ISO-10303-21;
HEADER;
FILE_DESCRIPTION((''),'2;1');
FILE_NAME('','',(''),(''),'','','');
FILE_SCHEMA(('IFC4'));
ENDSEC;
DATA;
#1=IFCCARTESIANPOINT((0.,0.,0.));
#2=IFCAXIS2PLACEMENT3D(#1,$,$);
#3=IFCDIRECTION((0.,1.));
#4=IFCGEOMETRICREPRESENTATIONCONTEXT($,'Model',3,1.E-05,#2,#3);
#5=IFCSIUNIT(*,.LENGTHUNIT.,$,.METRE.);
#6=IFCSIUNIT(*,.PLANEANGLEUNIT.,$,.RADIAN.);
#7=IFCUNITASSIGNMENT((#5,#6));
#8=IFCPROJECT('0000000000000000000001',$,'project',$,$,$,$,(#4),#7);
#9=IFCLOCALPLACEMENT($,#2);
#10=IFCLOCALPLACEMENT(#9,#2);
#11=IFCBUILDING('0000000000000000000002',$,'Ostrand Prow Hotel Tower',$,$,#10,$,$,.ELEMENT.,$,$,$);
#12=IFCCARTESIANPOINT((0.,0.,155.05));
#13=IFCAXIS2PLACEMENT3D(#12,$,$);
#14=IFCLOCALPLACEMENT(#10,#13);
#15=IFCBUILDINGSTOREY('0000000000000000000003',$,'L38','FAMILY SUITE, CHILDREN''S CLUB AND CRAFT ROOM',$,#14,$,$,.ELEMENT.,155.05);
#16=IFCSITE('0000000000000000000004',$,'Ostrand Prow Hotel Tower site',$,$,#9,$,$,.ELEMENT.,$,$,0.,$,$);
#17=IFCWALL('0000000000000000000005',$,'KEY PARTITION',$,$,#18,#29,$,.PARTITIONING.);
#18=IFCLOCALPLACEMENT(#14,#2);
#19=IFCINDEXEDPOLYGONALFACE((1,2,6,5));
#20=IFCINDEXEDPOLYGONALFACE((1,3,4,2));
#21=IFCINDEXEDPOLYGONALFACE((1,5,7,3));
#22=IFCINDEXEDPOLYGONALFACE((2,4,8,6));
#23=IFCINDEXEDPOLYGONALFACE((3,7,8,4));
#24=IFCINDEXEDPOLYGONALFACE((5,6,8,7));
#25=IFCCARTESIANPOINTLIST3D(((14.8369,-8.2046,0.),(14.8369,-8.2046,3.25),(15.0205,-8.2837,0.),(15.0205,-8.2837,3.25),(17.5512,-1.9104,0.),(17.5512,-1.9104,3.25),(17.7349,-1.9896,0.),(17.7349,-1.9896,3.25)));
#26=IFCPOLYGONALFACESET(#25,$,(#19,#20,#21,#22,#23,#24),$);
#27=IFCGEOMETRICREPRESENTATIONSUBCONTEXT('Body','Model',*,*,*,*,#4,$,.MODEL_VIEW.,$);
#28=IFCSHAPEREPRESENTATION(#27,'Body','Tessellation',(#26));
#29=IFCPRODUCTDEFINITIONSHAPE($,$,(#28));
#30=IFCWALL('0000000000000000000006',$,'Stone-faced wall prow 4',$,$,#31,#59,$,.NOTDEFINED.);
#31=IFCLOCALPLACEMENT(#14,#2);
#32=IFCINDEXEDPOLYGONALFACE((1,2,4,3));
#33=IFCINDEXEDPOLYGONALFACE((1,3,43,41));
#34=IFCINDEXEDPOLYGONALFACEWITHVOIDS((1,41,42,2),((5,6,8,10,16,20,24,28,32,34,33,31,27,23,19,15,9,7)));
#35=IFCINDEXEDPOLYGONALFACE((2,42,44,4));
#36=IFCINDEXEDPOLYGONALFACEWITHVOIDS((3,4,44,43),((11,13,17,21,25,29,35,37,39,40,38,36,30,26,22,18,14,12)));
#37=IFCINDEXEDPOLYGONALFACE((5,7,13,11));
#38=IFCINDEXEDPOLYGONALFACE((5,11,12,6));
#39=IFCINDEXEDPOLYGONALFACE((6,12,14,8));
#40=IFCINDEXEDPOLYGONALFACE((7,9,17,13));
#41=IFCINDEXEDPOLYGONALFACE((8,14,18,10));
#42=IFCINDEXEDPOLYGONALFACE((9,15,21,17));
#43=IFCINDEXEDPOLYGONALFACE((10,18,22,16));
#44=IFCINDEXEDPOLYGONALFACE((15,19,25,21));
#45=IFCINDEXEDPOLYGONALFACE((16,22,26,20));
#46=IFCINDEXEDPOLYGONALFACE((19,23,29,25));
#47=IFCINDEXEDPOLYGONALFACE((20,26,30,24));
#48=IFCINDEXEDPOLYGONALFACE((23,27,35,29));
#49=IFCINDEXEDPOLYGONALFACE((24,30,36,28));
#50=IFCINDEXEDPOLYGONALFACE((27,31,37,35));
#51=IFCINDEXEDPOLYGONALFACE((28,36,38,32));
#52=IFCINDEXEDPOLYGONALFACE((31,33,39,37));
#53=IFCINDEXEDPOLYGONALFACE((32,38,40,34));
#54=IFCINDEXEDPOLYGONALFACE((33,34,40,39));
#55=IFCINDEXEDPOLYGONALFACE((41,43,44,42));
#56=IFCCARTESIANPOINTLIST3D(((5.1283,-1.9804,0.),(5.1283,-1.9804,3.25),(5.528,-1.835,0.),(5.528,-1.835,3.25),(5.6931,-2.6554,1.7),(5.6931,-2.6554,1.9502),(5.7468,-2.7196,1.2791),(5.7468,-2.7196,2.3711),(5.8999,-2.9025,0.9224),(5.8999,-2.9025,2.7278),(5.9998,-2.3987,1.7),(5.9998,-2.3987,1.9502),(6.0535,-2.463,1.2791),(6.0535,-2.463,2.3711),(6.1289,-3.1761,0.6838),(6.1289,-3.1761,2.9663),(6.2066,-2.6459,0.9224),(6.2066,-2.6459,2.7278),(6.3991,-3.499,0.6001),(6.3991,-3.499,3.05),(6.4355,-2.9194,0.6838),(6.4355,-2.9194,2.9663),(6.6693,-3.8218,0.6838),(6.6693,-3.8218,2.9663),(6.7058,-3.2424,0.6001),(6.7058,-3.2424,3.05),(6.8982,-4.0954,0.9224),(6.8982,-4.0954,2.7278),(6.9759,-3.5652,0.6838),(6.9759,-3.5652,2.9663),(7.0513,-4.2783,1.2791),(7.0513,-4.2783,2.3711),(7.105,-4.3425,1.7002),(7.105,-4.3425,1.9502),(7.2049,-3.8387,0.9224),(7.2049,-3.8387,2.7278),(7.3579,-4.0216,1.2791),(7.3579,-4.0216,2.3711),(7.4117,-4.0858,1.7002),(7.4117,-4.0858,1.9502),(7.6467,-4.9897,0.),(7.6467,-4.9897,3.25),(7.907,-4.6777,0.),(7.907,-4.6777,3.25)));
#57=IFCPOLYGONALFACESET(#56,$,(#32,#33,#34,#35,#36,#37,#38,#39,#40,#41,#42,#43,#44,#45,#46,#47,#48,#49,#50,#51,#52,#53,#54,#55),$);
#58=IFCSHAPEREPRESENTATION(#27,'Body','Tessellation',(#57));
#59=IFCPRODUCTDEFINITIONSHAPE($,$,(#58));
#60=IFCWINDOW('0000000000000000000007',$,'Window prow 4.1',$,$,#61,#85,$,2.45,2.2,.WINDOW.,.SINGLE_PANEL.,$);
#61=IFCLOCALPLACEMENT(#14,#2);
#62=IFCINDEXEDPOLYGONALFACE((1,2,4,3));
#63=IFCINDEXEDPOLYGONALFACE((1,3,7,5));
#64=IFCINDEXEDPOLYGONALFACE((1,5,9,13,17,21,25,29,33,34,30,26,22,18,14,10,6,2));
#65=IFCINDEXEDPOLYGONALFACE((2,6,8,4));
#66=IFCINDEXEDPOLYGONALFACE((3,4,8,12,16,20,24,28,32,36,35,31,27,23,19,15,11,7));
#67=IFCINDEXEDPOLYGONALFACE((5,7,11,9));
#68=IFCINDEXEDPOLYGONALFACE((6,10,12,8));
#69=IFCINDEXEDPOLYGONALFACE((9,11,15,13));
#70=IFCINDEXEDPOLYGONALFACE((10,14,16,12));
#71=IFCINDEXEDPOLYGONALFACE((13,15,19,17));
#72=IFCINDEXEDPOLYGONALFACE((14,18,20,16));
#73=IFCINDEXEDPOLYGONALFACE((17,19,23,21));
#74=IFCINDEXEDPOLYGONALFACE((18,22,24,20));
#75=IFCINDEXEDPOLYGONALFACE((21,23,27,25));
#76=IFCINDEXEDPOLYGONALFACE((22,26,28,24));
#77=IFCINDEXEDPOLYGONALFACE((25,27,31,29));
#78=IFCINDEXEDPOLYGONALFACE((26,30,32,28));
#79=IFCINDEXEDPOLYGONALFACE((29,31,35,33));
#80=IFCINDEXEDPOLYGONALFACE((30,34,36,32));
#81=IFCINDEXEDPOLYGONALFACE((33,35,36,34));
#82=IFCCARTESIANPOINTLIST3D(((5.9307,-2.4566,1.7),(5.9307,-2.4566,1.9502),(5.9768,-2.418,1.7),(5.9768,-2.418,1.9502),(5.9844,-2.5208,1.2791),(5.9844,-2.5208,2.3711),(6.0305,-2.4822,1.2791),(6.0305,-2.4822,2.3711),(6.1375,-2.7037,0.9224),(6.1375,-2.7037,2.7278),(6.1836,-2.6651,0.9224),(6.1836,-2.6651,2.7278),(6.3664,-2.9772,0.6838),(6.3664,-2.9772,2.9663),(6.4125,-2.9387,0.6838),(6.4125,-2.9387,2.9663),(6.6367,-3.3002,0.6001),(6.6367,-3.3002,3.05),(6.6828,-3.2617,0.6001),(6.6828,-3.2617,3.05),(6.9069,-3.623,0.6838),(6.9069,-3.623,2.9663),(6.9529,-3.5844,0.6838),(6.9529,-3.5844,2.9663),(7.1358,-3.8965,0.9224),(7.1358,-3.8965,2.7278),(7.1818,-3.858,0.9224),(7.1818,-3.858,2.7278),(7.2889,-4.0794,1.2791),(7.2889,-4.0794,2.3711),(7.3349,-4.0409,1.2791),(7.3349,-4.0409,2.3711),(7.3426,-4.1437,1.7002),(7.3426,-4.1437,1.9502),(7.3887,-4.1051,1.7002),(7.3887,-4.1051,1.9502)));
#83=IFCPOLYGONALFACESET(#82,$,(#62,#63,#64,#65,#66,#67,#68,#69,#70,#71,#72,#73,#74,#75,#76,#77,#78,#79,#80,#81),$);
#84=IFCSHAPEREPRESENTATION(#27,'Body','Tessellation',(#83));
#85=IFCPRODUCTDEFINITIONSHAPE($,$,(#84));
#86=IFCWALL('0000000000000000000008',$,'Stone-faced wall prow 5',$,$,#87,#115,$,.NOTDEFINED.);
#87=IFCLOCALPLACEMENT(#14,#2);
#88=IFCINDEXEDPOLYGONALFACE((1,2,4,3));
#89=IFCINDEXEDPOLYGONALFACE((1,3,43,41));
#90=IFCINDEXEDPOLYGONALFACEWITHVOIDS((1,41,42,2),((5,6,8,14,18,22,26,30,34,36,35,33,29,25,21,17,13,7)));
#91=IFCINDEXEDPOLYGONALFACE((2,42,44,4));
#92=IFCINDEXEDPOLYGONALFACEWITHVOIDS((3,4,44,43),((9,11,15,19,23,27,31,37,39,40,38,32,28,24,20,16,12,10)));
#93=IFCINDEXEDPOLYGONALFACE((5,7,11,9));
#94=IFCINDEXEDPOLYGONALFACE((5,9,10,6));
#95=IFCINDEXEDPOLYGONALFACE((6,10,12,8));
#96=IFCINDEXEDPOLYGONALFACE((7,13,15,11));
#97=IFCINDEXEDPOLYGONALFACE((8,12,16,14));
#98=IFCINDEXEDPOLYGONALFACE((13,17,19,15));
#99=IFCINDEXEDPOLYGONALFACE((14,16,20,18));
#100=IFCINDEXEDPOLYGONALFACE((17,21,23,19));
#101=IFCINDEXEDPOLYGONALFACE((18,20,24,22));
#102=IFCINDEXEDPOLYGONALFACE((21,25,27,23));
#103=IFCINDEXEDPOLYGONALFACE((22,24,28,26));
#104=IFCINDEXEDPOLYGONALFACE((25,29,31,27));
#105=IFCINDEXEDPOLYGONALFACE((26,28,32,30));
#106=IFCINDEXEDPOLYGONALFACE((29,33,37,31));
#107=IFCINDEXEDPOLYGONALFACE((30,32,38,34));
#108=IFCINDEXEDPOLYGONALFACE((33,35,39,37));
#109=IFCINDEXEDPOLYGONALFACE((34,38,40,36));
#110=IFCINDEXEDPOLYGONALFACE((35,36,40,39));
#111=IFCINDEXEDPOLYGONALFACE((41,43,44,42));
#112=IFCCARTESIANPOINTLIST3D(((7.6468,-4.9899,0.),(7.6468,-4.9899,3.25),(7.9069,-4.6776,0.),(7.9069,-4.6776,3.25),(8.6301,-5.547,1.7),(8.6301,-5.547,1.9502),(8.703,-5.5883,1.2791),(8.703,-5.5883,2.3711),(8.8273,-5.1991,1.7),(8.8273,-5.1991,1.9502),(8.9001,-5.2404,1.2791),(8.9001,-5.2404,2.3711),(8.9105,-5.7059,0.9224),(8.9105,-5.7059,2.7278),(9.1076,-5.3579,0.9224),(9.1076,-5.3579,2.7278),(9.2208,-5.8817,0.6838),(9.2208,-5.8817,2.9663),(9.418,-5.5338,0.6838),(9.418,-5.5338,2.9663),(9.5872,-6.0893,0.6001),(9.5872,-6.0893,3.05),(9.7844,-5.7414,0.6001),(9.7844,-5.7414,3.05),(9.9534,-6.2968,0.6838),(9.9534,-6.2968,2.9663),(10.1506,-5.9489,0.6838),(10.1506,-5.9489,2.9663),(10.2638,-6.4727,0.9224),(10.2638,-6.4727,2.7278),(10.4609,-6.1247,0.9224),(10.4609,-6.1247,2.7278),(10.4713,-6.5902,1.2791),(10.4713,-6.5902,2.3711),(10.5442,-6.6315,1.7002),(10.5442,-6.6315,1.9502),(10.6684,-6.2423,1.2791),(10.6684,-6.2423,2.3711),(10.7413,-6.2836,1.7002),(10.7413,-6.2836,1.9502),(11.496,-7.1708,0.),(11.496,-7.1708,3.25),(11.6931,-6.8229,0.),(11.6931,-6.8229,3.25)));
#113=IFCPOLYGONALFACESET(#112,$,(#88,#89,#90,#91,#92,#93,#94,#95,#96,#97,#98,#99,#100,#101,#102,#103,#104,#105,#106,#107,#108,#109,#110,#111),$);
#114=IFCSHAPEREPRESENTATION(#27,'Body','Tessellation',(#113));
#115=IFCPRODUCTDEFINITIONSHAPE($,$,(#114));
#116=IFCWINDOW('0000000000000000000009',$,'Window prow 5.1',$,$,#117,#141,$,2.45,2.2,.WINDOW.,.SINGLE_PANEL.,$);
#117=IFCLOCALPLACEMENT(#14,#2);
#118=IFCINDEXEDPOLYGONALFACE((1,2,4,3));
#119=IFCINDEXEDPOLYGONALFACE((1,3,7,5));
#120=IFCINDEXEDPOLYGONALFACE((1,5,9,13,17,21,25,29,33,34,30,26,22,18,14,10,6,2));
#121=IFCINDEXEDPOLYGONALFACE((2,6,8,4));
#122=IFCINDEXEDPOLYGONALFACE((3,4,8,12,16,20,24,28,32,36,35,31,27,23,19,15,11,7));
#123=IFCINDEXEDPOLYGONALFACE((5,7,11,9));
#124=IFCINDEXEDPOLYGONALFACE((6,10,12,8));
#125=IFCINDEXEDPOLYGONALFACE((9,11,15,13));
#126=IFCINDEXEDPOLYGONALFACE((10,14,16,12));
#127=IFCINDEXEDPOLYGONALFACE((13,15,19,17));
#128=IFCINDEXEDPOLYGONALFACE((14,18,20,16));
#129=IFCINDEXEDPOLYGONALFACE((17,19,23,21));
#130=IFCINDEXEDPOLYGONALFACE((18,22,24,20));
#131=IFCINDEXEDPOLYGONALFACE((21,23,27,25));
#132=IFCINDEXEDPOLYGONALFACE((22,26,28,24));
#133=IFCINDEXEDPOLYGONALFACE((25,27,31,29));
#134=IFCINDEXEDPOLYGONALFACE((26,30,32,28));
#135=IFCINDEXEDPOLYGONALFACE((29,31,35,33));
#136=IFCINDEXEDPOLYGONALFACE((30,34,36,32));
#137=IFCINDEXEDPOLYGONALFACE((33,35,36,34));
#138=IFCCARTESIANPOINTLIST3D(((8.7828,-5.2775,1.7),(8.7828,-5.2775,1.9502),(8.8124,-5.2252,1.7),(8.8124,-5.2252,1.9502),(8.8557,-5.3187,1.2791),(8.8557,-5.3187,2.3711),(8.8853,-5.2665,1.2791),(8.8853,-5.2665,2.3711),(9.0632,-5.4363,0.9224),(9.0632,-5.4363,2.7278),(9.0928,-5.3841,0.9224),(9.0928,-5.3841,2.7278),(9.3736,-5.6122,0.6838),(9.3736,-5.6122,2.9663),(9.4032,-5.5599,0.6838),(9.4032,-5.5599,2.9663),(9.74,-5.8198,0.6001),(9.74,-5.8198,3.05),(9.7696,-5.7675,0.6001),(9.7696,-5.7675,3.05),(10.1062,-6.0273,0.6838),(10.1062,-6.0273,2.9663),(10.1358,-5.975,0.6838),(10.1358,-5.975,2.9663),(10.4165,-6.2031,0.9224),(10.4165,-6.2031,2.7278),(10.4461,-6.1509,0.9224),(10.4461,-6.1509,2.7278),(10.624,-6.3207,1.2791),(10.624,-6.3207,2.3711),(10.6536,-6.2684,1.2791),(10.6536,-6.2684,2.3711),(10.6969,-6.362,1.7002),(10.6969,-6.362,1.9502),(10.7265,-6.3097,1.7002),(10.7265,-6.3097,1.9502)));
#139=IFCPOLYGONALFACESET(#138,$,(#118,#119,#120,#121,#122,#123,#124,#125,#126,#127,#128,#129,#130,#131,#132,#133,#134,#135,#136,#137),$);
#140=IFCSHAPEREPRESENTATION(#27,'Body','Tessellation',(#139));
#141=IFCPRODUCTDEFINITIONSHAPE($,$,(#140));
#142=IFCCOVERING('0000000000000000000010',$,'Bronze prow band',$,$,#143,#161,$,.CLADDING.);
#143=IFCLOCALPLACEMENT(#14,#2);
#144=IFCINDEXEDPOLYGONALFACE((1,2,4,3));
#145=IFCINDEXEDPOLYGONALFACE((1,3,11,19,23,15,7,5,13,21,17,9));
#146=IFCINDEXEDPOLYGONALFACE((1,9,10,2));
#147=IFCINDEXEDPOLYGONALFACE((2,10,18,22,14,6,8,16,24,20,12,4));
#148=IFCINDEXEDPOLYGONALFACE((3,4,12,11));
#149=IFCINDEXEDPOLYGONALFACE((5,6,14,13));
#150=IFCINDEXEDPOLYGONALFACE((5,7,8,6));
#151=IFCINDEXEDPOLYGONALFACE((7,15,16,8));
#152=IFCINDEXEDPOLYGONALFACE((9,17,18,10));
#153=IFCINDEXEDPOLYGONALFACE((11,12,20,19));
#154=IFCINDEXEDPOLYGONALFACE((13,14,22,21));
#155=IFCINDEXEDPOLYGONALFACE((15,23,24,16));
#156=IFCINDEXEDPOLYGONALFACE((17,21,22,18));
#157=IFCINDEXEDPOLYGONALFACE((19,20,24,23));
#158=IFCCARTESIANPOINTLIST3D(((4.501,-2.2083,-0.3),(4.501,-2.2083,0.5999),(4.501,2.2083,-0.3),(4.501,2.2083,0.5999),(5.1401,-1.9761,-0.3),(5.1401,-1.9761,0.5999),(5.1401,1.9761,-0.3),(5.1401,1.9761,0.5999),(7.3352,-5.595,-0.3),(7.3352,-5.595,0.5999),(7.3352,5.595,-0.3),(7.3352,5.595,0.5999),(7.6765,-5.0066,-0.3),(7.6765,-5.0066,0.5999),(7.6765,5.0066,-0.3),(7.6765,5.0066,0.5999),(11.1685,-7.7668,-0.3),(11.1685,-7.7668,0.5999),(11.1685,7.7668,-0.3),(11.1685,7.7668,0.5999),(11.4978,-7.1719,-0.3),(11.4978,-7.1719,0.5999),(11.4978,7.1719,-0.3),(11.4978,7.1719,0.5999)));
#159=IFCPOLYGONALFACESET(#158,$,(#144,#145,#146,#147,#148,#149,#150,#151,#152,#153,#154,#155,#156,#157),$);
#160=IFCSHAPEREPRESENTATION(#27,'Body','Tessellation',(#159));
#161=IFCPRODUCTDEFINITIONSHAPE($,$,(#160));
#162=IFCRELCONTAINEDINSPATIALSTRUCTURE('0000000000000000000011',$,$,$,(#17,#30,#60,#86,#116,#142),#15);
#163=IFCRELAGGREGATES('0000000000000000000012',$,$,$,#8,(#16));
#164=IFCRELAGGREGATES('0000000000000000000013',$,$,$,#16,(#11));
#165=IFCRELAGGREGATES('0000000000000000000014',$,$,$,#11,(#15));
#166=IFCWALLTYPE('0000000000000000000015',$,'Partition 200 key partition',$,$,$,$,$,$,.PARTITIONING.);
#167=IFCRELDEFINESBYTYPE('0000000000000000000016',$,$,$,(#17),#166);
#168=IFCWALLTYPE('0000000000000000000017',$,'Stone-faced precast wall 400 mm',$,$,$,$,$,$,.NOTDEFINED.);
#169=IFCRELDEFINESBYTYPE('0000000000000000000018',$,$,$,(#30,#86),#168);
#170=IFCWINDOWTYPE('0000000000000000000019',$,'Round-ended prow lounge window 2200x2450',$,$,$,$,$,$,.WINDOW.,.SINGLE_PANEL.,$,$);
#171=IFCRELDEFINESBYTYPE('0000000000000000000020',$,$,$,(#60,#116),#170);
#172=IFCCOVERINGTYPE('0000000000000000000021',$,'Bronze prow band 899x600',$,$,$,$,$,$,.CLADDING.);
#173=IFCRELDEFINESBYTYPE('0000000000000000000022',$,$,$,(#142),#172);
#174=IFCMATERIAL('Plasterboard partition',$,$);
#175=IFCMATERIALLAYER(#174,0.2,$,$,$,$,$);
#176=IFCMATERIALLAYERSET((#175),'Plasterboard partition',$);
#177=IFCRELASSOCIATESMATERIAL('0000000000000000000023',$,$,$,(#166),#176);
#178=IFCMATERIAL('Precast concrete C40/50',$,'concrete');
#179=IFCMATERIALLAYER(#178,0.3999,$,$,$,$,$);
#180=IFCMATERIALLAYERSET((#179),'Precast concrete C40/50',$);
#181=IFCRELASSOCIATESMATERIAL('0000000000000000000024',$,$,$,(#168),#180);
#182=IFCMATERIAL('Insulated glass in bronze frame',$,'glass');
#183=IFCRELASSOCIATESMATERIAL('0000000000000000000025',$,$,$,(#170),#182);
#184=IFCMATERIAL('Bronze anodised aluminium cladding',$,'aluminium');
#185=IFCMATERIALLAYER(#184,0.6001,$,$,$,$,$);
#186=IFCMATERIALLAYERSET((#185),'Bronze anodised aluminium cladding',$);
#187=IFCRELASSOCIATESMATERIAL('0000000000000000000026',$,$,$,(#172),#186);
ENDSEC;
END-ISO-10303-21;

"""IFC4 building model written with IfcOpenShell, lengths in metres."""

from ifc_helpers import new_model, si_unit, direction, frame, frame_2d, origin, place, context, subcontext, project, spatial, polyline, rectangle, outline, extrude, material, layer, layer_set, type_object, element, fill, save


model = new_model("IFC4")

# Units and contexts
model_context = context("Model", 3, precision=1e-05, world=origin(), true_north=direction((0.0, 1.0)))
body_context = subcontext(model_context, "Body", "Model", "MODEL_VIEW")
ifc_project = project(units=[si_unit("LENGTHUNIT", "METRE"), si_unit("PLANEANGLEUNIT", "RADIAN")], contexts=[model_context])

# Site, building, storey
site_placement = place(None, origin())
site = spatial("IfcSite", under=ifc_project, at=site_placement, Name="Ostrand Prow Hotel Tower site", CompositionType="ELEMENT", RefElevation=0.0)
building_placement = place(site_placement, origin())
building = spatial("IfcBuilding", under=site, at=building_placement, Name="Ostrand Prow Hotel Tower", CompositionType="ELEMENT")
storey_placement = place(building_placement, frame((0.0, 0.0, 155.05)))
storey = spatial("IfcBuildingStorey", under=building, at=storey_placement, Name="L38", Description="FAMILY SUITE, CHILDREN'S CLUB AND CRAFT ROOM", CompositionType="ELEMENT", Elevation=155.05)

# Wall
ifc_material_1 = material(Name="Plasterboard partition")
ifc_layer_1 = layer(ifc_material_1, 0.2)
ifc_layer_set_1 = layer_set([ifc_layer_1], Name="Plasterboard partition")
wall_type_1 = type_object("IfcWallType", Name="Partition 200 key partition", PredefinedType="PARTITIONING", material=ifc_layer_set_1)
wall_1_placement = place(storey_placement, frame((14.9287, -8.2441, 0.0), z_axis=(0.0, 0.0, 1.0), x_axis=(0.395995, 0.918253, 0.0)))
element("IfcWall", 1, at=wall_1_placement, inside=storey, type_object=wall_type_1, Name="KEY PARTITION", PredefinedType="PARTITIONING", context=body_context, shape_type="SweptSolid", body=[
    extrude(rectangle(XDim=6.8545, YDim=0.2, at=frame_2d((3.4272, 0.0))), origin(), (0.0, 0.0, 1.0), 3.25),
])

# Walls, openings, windows
ifc_material_2 = material(Name="Precast concrete C40/50", Category="concrete")
ifc_layer_2 = layer(ifc_material_2, 0.3999)
ifc_layer_set_2 = layer_set([ifc_layer_2], Name="Precast concrete C40/50")
wall_type_2 = type_object("IfcWallType", Name="Stone-faced precast wall 400 mm", PredefinedType="NOTDEFINED", material=ifc_layer_set_2)
wall_2_placement = place(storey_placement, frame((5.3281, -1.9077, 0.0), z_axis=(0.0, 0.0, 1.0), x_axis=(0.641788, -0.766882, 0.0)))
wall_2 = element("IfcWall", 2, at=wall_2_placement, inside=storey, type_object=wall_type_2, Name="Stone-faced wall prow 4", PredefinedType="NOTDEFINED", context=body_context, shape_type="SweptSolid", body=[
    extrude(outline(polyline([(-0.0725, -0.2), (3.8516, -0.2), (3.7793, 0.2), (0.0725, 0.2), (-0.0725, -0.2)])), origin(), (0.0, 0.0, 1.0), 3.25),
])
opening_1_placement = place(wall_2_placement, frame((0.8076, 0.0, 0.6001)))
opening_1 = element("IfcOpeningElement", 3, at=opening_1_placement, cuts=wall_2, PredefinedType="OPENING", context=body_context, shape_type="SweptSolid", body=[
    extrude(outline(polyline([(0.0, 1.3501), (0.0837, 1.771), (0.3223, 2.1277), (0.679, 2.3662), (1.1001, 2.45), (1.521, 2.3662), (1.8777, 2.1277), (2.1162, 1.771), (2.2, 1.3501), (2.2, 1.1001), (2.1162, 0.679), (1.8777, 0.3223), (1.521, 0.0837), (1.1001, 0.0), (0.679, 0.0837), (0.3223, 0.3223), (0.0837, 0.679), (0.0, 1.0999), (0.0, 1.3501)])), frame((0.0, 0.21, 0.0), z_axis=(0.0, -1.0, 0.0), x_axis=(1.0, 0.0, 0.0)), (0.0, 0.0, 1.0), 0.4199),
])
ifc_material_3 = material(Name="Insulated glass in bronze frame", Category="glass")
window_type = type_object("IfcWindowType", Name="Round-ended prow lounge window 2200x2450", PartitioningType="SINGLE_PANEL", PredefinedType="WINDOW", material=ifc_material_3)
window_1_placement = place(opening_1_placement, origin())
window_1 = element("IfcWindow", 4, at=window_1_placement, inside=storey, type_object=window_type, Name="Window prow 4.1", OverallHeight=2.45, OverallWidth=2.2, PartitioningType="SINGLE_PANEL", PredefinedType="WINDOW", context=body_context, shape_type="SweptSolid", body=[
    extrude(outline(polyline([(0.0, 1.3501), (0.0837, 1.771), (0.3223, 2.1277), (0.679, 2.3662), (1.1001, 2.45), (1.521, 2.3662), (1.8777, 2.1277), (2.1162, 1.771), (2.2, 1.3501), (2.2, 1.1001), (2.1162, 0.679), (1.8777, 0.3223), (1.521, 0.0837), (1.1001, 0.0), (0.679, 0.0837), (0.3223, 0.3223), (0.0837, 0.679), (0.0, 1.0999), (0.0, 1.3501)])), frame((0.0, 0.1699, 0.0), z_axis=(0.0, -1.0, 0.0), x_axis=(1.0, 0.0, 0.0)), (0.0, 0.0, 1.0), 0.0601),
])
fill(opening_1, window_1)
wall_3_placement = place(storey_placement, frame((7.7769, -4.8337, 0.0), z_axis=(0.0, 0.0, 1.0), x_axis=(0.870045, -0.492972, 0.0)))
wall_3 = element("IfcWall", 5, at=wall_3_placement, inside=storey, type_object=wall_type_2, Name="Stone-faced wall prow 5", PredefinedType="NOTDEFINED", context=body_context, shape_type="SweptSolid", body=[
    extrude(outline(polyline([(-0.0361, -0.2), (4.3879, -0.2), (4.3879, 0.2), (0.0361, 0.2), (-0.0361, -0.2)])), origin(), (0.0, 0.0, 1.0), 3.25),
])
opening_2_placement = place(wall_3_placement, frame((1.094, 0.0, 0.6001)))
opening_2 = element("IfcOpeningElement", 6, at=opening_2_placement, cuts=wall_3, PredefinedType="OPENING", context=body_context, shape_type="SweptSolid", body=[
    extrude(outline(polyline([(0.0, 1.3501), (0.0837, 1.771), (0.3223, 2.1277), (0.679, 2.3662), (1.1001, 2.45), (1.521, 2.3662), (1.8777, 2.1277), (2.1162, 1.771), (2.2, 1.3501), (2.2, 1.1001), (2.1162, 0.679), (1.8777, 0.3223), (1.521, 0.0837), (1.1001, 0.0), (0.679, 0.0837), (0.3223, 0.3223), (0.0837, 0.679), (0.0, 1.0999), (0.0, 1.3501)])), frame((0.0, 0.21, 0.0), z_axis=(0.0, -1.0, 0.0), x_axis=(1.0, 0.0, 0.0)), (0.0, 0.0, 1.0), 0.4199),
])
window_2_placement = place(opening_2_placement, origin())
window_2 = element("IfcWindow", 7, at=window_2_placement, inside=storey, type_object=window_type, Name="Window prow 5.1", OverallHeight=2.45, OverallWidth=2.2, PartitioningType="SINGLE_PANEL", PredefinedType="WINDOW", context=body_context, shape_type="SweptSolid", body=[
    extrude(outline(polyline([(0.0, 1.3501), (0.0837, 1.771), (0.3223, 2.1277), (0.679, 2.3662), (1.1001, 2.45), (1.521, 2.3662), (1.8777, 2.1277), (2.1162, 1.771), (2.2, 1.3501), (2.2, 1.1001), (2.1162, 0.679), (1.8777, 0.3223), (1.521, 0.0837), (1.1001, 0.0), (0.679, 0.0837), (0.3223, 0.3223), (0.0837, 0.679), (0.0, 1.0999), (0.0, 1.3501)])), frame((0.0, 0.1699, 0.0), z_axis=(0.0, -1.0, 0.0), x_axis=(1.0, 0.0, 0.0)), (0.0, 0.0, 1.0), 0.0601),
])
fill(opening_2, window_2)

# Covering
ifc_material_4 = material(Name="Bronze anodised aluminium cladding", Category="aluminium")
ifc_layer_3 = layer(ifc_material_4, 0.6001)
ifc_layer_set_3 = layer_set([ifc_layer_3], Name="Bronze anodised aluminium cladding")
covering_type_1 = type_object("IfcCoveringType", Name="Bronze prow band 899x600", PredefinedType="CLADDING", material=ifc_layer_set_3)
covering_1_placement = place(storey_placement, frame((0.0, 0.0, -0.3)))
element("IfcCovering", 8, at=covering_1_placement, inside=storey, type_object=covering_type_1, Name="Bronze prow band", PredefinedType="CLADDING", context=body_context, shape_type="SweptSolid", body=[
    extrude(outline(polyline([(11.1685, 7.7668), (7.3352, 5.595), (4.501, 2.2083), (4.501, -2.2083), (7.3352, -5.595), (11.1685, -7.7668), (11.4978, -7.1719), (7.6765, -5.0066), (5.1401, -1.9761), (5.1401, 1.9761), (7.6765, 5.0066), (11.4978, 7.1719), (11.1685, 7.7668)])), origin(), (0.0, 0.0, 1.0), 0.8999),
])

save(model, "model.ifc")
